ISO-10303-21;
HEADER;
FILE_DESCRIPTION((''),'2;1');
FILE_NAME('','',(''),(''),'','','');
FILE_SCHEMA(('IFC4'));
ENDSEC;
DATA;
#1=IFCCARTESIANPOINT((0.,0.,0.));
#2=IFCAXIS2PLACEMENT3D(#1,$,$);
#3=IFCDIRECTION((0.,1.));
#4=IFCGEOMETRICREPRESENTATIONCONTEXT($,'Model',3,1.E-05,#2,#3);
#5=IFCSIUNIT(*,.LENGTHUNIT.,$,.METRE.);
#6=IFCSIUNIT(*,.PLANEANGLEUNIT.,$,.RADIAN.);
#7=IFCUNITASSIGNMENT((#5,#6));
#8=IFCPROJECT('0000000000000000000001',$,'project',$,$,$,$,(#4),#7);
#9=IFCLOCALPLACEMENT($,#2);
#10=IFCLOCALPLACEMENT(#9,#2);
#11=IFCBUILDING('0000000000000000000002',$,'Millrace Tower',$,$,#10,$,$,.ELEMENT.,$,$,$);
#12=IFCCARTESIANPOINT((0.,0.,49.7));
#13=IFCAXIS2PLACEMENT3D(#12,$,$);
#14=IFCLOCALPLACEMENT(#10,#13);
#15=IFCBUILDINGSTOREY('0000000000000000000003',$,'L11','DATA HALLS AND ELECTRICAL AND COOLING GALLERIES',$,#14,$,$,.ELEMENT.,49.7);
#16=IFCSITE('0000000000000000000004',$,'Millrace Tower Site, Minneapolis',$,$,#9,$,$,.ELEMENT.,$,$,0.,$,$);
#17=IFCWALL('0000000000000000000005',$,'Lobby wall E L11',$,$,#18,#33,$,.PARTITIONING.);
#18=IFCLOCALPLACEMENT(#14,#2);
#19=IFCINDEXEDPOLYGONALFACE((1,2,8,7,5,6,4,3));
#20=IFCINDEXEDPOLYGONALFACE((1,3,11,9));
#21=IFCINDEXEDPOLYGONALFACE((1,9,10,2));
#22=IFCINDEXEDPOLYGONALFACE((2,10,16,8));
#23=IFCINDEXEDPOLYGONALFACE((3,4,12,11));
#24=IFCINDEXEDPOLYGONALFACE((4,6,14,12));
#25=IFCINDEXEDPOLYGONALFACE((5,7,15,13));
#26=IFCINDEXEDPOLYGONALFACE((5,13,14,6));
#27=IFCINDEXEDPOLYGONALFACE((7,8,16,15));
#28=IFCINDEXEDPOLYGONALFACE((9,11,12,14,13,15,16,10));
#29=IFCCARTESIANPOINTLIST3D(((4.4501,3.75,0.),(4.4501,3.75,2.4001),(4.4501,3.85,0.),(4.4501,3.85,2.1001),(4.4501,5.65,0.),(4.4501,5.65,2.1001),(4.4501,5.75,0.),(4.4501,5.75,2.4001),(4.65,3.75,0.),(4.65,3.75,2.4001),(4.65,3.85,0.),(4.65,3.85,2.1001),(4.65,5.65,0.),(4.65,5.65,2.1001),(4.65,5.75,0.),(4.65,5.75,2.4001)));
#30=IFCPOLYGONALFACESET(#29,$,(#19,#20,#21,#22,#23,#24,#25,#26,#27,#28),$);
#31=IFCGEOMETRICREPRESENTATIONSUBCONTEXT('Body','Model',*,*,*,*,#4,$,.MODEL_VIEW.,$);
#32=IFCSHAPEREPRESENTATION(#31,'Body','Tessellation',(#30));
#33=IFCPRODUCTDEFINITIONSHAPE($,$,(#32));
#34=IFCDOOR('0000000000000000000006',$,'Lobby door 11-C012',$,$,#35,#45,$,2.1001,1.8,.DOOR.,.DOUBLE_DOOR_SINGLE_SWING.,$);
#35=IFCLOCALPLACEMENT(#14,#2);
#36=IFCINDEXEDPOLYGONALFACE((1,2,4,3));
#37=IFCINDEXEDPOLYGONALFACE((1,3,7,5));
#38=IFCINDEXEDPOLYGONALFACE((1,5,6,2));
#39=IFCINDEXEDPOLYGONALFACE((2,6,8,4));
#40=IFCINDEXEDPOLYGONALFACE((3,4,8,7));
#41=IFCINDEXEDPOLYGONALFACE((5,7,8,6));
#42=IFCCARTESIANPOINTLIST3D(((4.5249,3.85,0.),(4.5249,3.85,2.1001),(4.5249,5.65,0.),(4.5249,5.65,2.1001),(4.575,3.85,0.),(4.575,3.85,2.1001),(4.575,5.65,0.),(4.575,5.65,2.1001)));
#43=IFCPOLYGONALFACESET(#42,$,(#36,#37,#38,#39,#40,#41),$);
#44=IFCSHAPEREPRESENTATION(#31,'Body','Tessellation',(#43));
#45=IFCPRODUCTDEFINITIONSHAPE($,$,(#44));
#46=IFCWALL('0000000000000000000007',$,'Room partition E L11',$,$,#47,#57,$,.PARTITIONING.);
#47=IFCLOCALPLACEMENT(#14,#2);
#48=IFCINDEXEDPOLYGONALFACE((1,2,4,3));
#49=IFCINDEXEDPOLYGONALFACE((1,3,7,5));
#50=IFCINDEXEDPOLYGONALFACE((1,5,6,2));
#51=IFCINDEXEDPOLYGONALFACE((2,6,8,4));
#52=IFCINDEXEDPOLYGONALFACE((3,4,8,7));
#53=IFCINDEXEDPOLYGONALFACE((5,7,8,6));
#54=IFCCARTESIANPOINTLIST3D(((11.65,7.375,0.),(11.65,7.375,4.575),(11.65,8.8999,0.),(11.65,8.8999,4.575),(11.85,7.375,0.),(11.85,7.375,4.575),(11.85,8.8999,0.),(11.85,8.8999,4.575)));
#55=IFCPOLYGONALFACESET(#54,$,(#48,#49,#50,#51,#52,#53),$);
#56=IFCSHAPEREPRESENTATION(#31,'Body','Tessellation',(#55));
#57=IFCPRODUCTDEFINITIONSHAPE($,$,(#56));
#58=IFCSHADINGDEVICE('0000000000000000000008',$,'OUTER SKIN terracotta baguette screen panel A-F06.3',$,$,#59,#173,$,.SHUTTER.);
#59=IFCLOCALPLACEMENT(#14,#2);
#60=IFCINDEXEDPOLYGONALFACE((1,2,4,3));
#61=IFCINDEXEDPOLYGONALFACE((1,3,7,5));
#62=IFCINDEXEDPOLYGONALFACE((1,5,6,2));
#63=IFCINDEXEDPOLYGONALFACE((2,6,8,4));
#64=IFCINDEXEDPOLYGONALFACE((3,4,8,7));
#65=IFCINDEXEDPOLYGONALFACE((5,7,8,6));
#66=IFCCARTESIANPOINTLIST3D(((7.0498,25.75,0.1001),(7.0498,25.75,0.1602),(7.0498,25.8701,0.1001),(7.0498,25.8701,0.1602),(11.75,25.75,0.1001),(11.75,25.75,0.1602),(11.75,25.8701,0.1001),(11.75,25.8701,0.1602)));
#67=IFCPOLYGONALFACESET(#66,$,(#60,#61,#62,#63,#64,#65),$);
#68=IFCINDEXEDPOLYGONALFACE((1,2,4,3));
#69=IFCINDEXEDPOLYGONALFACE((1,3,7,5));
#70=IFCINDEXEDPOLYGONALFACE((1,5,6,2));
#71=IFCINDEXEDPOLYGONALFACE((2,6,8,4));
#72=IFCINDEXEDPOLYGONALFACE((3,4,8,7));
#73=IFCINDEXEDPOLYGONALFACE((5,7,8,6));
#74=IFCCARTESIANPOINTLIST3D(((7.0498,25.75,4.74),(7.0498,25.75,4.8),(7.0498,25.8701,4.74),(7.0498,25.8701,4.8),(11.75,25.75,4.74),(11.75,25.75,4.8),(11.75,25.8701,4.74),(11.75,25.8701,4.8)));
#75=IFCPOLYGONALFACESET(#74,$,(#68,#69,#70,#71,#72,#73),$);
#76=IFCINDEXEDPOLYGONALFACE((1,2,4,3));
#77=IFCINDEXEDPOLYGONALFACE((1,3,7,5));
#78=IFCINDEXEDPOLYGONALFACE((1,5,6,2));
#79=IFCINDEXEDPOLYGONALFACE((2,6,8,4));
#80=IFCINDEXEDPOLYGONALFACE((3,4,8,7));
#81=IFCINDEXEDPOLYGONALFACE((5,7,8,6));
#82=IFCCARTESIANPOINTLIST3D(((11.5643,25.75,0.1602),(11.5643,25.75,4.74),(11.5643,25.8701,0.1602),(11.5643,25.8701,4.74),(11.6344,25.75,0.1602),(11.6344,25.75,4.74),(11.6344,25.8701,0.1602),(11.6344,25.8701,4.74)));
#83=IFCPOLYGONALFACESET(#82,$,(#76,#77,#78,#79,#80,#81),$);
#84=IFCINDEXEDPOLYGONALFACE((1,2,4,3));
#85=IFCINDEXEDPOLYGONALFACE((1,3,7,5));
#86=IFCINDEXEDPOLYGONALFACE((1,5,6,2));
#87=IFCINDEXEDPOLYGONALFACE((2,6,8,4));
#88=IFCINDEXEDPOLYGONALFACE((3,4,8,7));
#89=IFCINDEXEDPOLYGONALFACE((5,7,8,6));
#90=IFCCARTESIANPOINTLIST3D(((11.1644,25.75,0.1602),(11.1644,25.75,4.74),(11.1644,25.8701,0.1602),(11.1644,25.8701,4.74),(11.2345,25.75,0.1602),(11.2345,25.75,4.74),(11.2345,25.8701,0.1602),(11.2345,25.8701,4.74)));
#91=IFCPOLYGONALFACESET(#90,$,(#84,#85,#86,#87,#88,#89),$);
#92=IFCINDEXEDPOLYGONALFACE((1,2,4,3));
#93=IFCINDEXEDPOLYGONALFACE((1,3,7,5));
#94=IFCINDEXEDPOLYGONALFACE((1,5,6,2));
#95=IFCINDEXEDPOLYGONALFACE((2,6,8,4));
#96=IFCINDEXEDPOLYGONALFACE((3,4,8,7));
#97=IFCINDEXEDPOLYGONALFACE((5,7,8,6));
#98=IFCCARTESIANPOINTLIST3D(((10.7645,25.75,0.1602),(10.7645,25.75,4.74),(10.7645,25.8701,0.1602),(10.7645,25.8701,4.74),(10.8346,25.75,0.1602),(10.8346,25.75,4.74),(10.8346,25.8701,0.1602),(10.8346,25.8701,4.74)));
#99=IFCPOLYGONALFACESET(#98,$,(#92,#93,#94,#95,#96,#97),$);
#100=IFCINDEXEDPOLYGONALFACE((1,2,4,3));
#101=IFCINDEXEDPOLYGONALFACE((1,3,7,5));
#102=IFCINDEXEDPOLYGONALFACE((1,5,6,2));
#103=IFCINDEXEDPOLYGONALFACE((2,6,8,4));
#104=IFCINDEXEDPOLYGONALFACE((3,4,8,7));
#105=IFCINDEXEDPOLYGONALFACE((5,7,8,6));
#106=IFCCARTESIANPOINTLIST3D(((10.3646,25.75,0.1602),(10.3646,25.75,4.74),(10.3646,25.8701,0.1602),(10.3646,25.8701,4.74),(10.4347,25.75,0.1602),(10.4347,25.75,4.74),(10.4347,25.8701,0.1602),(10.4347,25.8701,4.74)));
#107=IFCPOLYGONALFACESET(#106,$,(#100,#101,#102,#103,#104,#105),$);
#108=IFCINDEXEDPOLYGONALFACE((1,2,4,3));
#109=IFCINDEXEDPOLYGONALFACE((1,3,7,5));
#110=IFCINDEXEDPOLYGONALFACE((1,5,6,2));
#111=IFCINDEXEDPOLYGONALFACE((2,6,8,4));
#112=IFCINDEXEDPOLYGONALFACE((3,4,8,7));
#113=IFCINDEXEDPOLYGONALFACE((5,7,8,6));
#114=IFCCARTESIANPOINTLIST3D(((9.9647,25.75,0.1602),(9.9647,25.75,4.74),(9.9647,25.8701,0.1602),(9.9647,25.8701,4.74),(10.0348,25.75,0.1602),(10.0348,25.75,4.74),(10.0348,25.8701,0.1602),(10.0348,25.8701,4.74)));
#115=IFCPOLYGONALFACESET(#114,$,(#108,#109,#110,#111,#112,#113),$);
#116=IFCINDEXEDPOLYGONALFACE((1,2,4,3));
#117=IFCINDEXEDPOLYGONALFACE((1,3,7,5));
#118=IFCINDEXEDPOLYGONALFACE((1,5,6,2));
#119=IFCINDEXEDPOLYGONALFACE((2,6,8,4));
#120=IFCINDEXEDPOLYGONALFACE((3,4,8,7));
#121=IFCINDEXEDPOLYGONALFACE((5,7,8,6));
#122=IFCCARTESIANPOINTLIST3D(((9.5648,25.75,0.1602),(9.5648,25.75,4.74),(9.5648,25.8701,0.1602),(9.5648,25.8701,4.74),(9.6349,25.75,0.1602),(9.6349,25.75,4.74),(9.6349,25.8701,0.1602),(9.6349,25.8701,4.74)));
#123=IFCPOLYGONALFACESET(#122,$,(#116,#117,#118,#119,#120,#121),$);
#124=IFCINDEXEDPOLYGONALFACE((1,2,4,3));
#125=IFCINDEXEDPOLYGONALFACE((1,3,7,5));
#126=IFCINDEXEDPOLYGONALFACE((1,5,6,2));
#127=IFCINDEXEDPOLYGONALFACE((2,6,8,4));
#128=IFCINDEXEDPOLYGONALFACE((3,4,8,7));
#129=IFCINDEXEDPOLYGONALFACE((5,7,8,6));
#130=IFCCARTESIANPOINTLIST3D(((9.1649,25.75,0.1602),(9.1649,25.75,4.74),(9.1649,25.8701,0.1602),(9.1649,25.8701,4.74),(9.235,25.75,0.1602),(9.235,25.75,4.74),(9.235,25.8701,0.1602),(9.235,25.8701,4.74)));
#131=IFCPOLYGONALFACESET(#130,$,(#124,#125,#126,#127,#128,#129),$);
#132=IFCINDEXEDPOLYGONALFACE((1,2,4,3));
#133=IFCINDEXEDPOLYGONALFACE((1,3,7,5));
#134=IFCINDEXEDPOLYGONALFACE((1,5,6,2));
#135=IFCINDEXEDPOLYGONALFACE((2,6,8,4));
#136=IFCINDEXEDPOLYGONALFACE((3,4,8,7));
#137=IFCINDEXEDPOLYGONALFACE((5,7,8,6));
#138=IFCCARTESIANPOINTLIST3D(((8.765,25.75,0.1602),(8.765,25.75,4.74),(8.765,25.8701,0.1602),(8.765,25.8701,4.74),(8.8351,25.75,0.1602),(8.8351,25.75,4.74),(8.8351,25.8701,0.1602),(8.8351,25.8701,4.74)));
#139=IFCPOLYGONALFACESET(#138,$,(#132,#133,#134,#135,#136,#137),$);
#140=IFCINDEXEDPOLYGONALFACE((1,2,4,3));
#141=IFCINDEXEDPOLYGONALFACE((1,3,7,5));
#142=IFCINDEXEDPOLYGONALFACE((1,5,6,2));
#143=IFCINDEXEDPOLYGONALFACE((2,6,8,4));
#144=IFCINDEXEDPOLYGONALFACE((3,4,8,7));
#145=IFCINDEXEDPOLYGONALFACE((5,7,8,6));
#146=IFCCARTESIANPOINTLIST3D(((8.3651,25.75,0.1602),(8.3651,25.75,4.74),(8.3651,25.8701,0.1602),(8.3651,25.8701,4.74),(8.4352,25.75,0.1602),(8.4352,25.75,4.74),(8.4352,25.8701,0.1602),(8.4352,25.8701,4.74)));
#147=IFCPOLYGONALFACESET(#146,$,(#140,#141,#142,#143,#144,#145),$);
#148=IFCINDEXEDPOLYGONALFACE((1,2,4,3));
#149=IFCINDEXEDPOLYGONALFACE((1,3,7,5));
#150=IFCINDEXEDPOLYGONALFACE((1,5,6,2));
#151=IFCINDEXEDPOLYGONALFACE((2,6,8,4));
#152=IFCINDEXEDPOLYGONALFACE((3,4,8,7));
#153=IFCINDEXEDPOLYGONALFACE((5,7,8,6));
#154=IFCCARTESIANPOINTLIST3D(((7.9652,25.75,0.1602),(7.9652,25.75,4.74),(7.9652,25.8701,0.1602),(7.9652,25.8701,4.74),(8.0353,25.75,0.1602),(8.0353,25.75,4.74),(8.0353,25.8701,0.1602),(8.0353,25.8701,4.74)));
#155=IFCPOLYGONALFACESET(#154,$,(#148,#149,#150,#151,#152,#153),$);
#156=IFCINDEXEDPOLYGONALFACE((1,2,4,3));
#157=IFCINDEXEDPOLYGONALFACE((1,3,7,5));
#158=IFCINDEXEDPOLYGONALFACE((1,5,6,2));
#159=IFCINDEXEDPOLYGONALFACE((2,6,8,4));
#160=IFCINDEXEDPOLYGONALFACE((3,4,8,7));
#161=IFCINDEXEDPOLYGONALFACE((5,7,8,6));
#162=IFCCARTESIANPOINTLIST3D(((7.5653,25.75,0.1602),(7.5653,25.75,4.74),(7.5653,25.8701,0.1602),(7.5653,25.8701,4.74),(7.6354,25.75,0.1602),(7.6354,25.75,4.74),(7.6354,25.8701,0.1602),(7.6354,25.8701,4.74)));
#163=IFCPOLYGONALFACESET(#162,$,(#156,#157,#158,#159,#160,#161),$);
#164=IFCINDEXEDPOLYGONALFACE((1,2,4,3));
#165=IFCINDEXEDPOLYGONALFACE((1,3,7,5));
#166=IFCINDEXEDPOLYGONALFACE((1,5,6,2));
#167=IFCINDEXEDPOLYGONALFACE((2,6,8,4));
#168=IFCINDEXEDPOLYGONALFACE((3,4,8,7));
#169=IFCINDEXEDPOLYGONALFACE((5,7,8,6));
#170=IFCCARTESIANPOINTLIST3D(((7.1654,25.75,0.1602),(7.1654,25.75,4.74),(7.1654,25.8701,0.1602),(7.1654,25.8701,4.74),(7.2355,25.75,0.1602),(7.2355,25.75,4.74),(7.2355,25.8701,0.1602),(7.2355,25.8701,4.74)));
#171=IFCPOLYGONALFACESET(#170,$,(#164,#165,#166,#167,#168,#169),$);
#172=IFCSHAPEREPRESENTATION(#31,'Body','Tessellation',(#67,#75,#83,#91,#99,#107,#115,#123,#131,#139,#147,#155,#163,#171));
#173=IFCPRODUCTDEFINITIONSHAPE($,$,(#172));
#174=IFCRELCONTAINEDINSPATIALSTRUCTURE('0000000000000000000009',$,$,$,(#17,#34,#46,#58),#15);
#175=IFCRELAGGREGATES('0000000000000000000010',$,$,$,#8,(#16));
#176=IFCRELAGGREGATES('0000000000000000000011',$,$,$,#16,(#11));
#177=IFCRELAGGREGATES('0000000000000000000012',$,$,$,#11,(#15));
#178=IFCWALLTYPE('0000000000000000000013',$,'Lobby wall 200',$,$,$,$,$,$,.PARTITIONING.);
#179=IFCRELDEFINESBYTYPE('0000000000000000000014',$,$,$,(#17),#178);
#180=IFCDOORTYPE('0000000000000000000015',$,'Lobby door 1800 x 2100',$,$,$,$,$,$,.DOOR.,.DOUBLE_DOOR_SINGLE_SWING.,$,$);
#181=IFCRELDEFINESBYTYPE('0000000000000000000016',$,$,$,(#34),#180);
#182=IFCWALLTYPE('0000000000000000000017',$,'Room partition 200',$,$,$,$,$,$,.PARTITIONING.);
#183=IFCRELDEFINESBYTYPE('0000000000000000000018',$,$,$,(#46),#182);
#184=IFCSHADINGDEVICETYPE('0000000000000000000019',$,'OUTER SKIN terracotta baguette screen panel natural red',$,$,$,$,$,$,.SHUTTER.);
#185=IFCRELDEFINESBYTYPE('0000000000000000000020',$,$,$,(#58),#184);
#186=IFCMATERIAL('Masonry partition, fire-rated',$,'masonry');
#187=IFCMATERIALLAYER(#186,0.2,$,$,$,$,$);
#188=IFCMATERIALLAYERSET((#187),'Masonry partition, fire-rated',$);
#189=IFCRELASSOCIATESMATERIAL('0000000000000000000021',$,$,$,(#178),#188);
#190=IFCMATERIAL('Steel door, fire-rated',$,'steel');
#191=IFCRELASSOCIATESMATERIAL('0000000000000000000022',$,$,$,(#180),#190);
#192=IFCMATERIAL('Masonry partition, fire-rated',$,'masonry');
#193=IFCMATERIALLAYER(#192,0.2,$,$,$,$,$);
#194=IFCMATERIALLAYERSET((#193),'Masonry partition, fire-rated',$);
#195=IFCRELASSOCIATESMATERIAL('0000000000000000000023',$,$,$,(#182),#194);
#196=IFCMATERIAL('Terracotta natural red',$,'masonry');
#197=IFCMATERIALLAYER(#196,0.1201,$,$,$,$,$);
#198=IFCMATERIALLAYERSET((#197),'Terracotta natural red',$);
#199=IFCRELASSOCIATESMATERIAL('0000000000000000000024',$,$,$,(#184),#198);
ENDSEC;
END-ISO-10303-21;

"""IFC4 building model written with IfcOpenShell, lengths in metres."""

from ifc_helpers import new_model, entity, si_unit, direction, frame, frame_2d, origin, place, context, subcontext, project, spatial, rectangle, extrude, source, transform, mapped, material, layer, layer_set, type_object, element, fill, save


model = new_model("IFC4")

# Units and contexts
model_context = context("Model", 3, precision=1e-05, world=origin(), true_north=direction((0.0, 1.0)))
body_context = subcontext(model_context, "Body", "Model", "MODEL_VIEW")
ifc_project = project(units=[si_unit("LENGTHUNIT", "METRE"), si_unit("PLANEANGLEUNIT", "RADIAN")], contexts=[model_context])

# Site, building, storey
site_placement = place(None, origin())
site = spatial("IfcSite", under=ifc_project, at=site_placement, Name="Millrace Tower Site, Minneapolis", CompositionType="ELEMENT", RefElevation=0.0)
building_placement = place(site_placement, origin())
building = spatial("IfcBuilding", under=site, at=building_placement, Name="Millrace Tower", CompositionType="ELEMENT")
storey_placement = place(building_placement, frame((0.0, 0.0, 49.7)))
storey = spatial("IfcBuildingStorey", under=building, at=storey_placement, Name="L11", Description="DATA HALLS AND ELECTRICAL AND COOLING GALLERIES", CompositionType="ELEMENT", Elevation=49.7)

# Wall, opening, door
ifc_material_1 = material(Name="Masonry partition, fire-rated", Category="masonry")
ifc_layer_1 = layer(ifc_material_1, 0.2)
ifc_layer_set_1 = layer_set([ifc_layer_1], Name="Masonry partition, fire-rated")
wall_type_1 = type_object("IfcWallType", Name="Lobby wall 200", PredefinedType="PARTITIONING", material=ifc_layer_set_1)
wall_1_placement = place(storey_placement, frame((4.55, 5.75, 0.0), z_axis=(0.0, 0.0, 1.0), x_axis=(0.0, -1.0, 0.0)))
wall_1 = element("IfcWall", 1, at=wall_1_placement, inside=storey, type_object=wall_type_1, Name="Lobby wall E L11", PredefinedType="PARTITIONING", context=body_context, shape_type="SweptSolid", body=[
    extrude(rectangle(XDim=2.0, YDim=0.2, at=frame_2d((1.0, 0.0))), origin(), (0.0, 0.0, 1.0), 2.4001),
])
opening_1_placement = place(wall_1_placement, frame((0.1001, 0.0, 0.0)))
opening_1 = element("IfcOpeningElement", 2, at=opening_1_placement, cuts=wall_1, PredefinedType="OPENING", context=body_context, shape_type="SweptSolid", body=[
    extrude(rectangle(XDim=1.8, YDim=2.1001, at=frame_2d((0.8999, 1.05))), frame((0.0, 0.1099, 0.0), z_axis=(0.0, -1.0, 0.0), x_axis=(1.0, 0.0, 0.0)), (0.0, 0.0, 1.0), 0.22),
])
ifc_material_2 = material(Name="Steel door, fire-rated", Category="steel")
door_type_1 = type_object("IfcDoorType", Name="Lobby door 1800 x 2100", OperationType="DOUBLE_DOOR_SINGLE_SWING", PredefinedType="DOOR", material=ifc_material_2)
door_1_placement = place(opening_1_placement, origin())
door_1 = element("IfcDoor", 3, at=door_1_placement, inside=storey, type_object=door_type_1, Name="Lobby door 11-C012", OperationType="DOUBLE_DOOR_SINGLE_SWING", OverallHeight=2.1001, OverallWidth=1.8, PredefinedType="DOOR", context=body_context, shape_type="SweptSolid", body=[
    extrude(rectangle(XDim=1.8, YDim=2.1001, at=frame_2d((0.8999, 1.05))), frame((0.0, 0.0249, 0.0), z_axis=(0.0, -1.0, 0.0), x_axis=(1.0, 0.0, 0.0)), (0.0, 0.0, 1.0), 0.05),
])
fill(opening_1, door_1)

# Wall
ifc_material_3 = material(Name="Masonry partition, fire-rated", Category="masonry")
ifc_layer_2 = layer(ifc_material_3, 0.2)
ifc_layer_set_2 = layer_set([ifc_layer_2], Name="Masonry partition, fire-rated")
wall_type_2 = type_object("IfcWallType", Name="Room partition 200", PredefinedType="PARTITIONING", material=ifc_layer_set_2)
wall_2_placement = place(storey_placement, frame((11.75, 8.8999, 0.0), z_axis=(0.0, 0.0, 1.0), x_axis=(0.0, -1.0, 0.0)))
element("IfcWall", 4, at=wall_2_placement, inside=storey, type_object=wall_type_2, Name="Room partition E L11", PredefinedType="PARTITIONING", context=body_context, shape_type="SweptSolid", body=[
    extrude(rectangle(XDim=1.5249, YDim=0.2, at=frame_2d((0.7625, 0.0))), origin(), (0.0, 0.0, 1.0), 4.575),
])

# Shading device
cartesian_point = entity("IfcCartesianPoint", [-2.3501, 0.0601])
shared_polyline = entity("IfcPolyline", [cartesian_point, entity("IfcCartesianPoint", [2.3501, 0.0601]), entity("IfcCartesianPoint", [2.3501, -0.0601]), entity("IfcCartesianPoint", [-2.3501, -0.0601]), cartesian_point])
ifc_material_4 = material(Name="Terracotta natural red", Category="masonry")
ifc_layer_3 = layer(ifc_material_4, 0.1201)
ifc_layer_set_3 = layer_set([ifc_layer_3], Name="Terracotta natural red")
shading_device_type_1 = type_object("IfcShadingDeviceType", Name="OUTER SKIN terracotta baguette screen panel natural red", PredefinedType="SHUTTER", material=ifc_layer_set_3)
shared_shape_1 = source(origin(), body_context, "Body", "SweptSolid", [
    entity("IfcExtrudedAreaSolid", entity("IfcArbitraryClosedProfileDef", "AREA", None, shared_polyline), entity("IfcAxis2Placement3D", entity("IfcCartesianPoint", [0.0, 0.0, 0.0])), entity("IfcDirection", [0.0, 0.0, 1.0]), 0.0601),
    entity("IfcExtrudedAreaSolid", entity("IfcArbitraryClosedProfileDef", "AREA", None, shared_polyline), entity("IfcAxis2Placement3D", entity("IfcCartesianPoint", [0.0, 0.0, 4.6399])), entity("IfcDirection", [0.0, 0.0, 1.0]), 0.0601),
    extrude(rectangle(XDim=0.0701, YDim=0.1201, at=frame_2d((-2.1995, 0.0))), frame((0.0, 0.0, 0.0601)), (0.0, 0.0, 1.0), 4.5798),
    extrude(rectangle(XDim=0.0701, YDim=0.1201, at=frame_2d((-1.7996, 0.0))), frame((0.0, 0.0, 0.0601)), (0.0, 0.0, 1.0), 4.5798),
    extrude(rectangle(XDim=0.0701, YDim=0.1201, at=frame_2d((-1.3997, 0.0))), frame((0.0, 0.0, 0.0601)), (0.0, 0.0, 1.0), 4.5798),
    extrude(rectangle(XDim=0.0701, YDim=0.1201, at=frame_2d((-0.9998, 0.0))), frame((0.0, 0.0, 0.0601)), (0.0, 0.0, 1.0), 4.5798),
    extrude(rectangle(XDim=0.0701, YDim=0.1201, at=frame_2d((-0.5999, 0.0))), frame((0.0, 0.0, 0.0601)), (0.0, 0.0, 1.0), 4.5798),
    extrude(rectangle(XDim=0.0701, YDim=0.1201, at=frame_2d((-0.2, 0.0))), frame((0.0, 0.0, 0.0601)), (0.0, 0.0, 1.0), 4.5798),
    extrude(rectangle(XDim=0.0701, YDim=0.1201, at=frame_2d((0.2, 0.0))), frame((0.0, 0.0, 0.0601)), (0.0, 0.0, 1.0), 4.5798),
    extrude(rectangle(XDim=0.0701, YDim=0.1201, at=frame_2d((0.5999, 0.0))), frame((0.0, 0.0, 0.0601)), (0.0, 0.0, 1.0), 4.5798),
    extrude(rectangle(XDim=0.0701, YDim=0.1201, at=frame_2d((0.9998, 0.0))), frame((0.0, 0.0, 0.0601)), (0.0, 0.0, 1.0), 4.5798),
    extrude(rectangle(XDim=0.0701, YDim=0.1201, at=frame_2d((1.3997, 0.0))), frame((0.0, 0.0, 0.0601)), (0.0, 0.0, 1.0), 4.5798),
    extrude(rectangle(XDim=0.0701, YDim=0.1201, at=frame_2d((1.7996, 0.0))), frame((0.0, 0.0, 0.0601)), (0.0, 0.0, 1.0), 4.5798),
    extrude(rectangle(XDim=0.0701, YDim=0.1201, at=frame_2d((2.1995, 0.0))), frame((0.0, 0.0, 0.0601)), (0.0, 0.0, 1.0), 4.5798),
])
for number, where, z_axis, x_axis, name in (
    (5, (9.3999, 25.8101, 0.1001), (0.0, 0.0, 1.0), (-1.0, 0.0, 0.0), "OUTER SKIN terracotta baguette screen panel A-F06.3"),
):
    element("IfcShadingDevice", number, at=place(storey_placement, frame(where, z_axis=z_axis, x_axis=x_axis)), inside=storey, type_object=shading_device_type_1, Name=name, PredefinedType="SHUTTER", context=body_context, shape_type="MappedRepresentation", body=[
        mapped(shared_shape_1, transform((0.0, 0.0, 0.0), scale=1.0)),
    ])

save(model, "model.ifc")
